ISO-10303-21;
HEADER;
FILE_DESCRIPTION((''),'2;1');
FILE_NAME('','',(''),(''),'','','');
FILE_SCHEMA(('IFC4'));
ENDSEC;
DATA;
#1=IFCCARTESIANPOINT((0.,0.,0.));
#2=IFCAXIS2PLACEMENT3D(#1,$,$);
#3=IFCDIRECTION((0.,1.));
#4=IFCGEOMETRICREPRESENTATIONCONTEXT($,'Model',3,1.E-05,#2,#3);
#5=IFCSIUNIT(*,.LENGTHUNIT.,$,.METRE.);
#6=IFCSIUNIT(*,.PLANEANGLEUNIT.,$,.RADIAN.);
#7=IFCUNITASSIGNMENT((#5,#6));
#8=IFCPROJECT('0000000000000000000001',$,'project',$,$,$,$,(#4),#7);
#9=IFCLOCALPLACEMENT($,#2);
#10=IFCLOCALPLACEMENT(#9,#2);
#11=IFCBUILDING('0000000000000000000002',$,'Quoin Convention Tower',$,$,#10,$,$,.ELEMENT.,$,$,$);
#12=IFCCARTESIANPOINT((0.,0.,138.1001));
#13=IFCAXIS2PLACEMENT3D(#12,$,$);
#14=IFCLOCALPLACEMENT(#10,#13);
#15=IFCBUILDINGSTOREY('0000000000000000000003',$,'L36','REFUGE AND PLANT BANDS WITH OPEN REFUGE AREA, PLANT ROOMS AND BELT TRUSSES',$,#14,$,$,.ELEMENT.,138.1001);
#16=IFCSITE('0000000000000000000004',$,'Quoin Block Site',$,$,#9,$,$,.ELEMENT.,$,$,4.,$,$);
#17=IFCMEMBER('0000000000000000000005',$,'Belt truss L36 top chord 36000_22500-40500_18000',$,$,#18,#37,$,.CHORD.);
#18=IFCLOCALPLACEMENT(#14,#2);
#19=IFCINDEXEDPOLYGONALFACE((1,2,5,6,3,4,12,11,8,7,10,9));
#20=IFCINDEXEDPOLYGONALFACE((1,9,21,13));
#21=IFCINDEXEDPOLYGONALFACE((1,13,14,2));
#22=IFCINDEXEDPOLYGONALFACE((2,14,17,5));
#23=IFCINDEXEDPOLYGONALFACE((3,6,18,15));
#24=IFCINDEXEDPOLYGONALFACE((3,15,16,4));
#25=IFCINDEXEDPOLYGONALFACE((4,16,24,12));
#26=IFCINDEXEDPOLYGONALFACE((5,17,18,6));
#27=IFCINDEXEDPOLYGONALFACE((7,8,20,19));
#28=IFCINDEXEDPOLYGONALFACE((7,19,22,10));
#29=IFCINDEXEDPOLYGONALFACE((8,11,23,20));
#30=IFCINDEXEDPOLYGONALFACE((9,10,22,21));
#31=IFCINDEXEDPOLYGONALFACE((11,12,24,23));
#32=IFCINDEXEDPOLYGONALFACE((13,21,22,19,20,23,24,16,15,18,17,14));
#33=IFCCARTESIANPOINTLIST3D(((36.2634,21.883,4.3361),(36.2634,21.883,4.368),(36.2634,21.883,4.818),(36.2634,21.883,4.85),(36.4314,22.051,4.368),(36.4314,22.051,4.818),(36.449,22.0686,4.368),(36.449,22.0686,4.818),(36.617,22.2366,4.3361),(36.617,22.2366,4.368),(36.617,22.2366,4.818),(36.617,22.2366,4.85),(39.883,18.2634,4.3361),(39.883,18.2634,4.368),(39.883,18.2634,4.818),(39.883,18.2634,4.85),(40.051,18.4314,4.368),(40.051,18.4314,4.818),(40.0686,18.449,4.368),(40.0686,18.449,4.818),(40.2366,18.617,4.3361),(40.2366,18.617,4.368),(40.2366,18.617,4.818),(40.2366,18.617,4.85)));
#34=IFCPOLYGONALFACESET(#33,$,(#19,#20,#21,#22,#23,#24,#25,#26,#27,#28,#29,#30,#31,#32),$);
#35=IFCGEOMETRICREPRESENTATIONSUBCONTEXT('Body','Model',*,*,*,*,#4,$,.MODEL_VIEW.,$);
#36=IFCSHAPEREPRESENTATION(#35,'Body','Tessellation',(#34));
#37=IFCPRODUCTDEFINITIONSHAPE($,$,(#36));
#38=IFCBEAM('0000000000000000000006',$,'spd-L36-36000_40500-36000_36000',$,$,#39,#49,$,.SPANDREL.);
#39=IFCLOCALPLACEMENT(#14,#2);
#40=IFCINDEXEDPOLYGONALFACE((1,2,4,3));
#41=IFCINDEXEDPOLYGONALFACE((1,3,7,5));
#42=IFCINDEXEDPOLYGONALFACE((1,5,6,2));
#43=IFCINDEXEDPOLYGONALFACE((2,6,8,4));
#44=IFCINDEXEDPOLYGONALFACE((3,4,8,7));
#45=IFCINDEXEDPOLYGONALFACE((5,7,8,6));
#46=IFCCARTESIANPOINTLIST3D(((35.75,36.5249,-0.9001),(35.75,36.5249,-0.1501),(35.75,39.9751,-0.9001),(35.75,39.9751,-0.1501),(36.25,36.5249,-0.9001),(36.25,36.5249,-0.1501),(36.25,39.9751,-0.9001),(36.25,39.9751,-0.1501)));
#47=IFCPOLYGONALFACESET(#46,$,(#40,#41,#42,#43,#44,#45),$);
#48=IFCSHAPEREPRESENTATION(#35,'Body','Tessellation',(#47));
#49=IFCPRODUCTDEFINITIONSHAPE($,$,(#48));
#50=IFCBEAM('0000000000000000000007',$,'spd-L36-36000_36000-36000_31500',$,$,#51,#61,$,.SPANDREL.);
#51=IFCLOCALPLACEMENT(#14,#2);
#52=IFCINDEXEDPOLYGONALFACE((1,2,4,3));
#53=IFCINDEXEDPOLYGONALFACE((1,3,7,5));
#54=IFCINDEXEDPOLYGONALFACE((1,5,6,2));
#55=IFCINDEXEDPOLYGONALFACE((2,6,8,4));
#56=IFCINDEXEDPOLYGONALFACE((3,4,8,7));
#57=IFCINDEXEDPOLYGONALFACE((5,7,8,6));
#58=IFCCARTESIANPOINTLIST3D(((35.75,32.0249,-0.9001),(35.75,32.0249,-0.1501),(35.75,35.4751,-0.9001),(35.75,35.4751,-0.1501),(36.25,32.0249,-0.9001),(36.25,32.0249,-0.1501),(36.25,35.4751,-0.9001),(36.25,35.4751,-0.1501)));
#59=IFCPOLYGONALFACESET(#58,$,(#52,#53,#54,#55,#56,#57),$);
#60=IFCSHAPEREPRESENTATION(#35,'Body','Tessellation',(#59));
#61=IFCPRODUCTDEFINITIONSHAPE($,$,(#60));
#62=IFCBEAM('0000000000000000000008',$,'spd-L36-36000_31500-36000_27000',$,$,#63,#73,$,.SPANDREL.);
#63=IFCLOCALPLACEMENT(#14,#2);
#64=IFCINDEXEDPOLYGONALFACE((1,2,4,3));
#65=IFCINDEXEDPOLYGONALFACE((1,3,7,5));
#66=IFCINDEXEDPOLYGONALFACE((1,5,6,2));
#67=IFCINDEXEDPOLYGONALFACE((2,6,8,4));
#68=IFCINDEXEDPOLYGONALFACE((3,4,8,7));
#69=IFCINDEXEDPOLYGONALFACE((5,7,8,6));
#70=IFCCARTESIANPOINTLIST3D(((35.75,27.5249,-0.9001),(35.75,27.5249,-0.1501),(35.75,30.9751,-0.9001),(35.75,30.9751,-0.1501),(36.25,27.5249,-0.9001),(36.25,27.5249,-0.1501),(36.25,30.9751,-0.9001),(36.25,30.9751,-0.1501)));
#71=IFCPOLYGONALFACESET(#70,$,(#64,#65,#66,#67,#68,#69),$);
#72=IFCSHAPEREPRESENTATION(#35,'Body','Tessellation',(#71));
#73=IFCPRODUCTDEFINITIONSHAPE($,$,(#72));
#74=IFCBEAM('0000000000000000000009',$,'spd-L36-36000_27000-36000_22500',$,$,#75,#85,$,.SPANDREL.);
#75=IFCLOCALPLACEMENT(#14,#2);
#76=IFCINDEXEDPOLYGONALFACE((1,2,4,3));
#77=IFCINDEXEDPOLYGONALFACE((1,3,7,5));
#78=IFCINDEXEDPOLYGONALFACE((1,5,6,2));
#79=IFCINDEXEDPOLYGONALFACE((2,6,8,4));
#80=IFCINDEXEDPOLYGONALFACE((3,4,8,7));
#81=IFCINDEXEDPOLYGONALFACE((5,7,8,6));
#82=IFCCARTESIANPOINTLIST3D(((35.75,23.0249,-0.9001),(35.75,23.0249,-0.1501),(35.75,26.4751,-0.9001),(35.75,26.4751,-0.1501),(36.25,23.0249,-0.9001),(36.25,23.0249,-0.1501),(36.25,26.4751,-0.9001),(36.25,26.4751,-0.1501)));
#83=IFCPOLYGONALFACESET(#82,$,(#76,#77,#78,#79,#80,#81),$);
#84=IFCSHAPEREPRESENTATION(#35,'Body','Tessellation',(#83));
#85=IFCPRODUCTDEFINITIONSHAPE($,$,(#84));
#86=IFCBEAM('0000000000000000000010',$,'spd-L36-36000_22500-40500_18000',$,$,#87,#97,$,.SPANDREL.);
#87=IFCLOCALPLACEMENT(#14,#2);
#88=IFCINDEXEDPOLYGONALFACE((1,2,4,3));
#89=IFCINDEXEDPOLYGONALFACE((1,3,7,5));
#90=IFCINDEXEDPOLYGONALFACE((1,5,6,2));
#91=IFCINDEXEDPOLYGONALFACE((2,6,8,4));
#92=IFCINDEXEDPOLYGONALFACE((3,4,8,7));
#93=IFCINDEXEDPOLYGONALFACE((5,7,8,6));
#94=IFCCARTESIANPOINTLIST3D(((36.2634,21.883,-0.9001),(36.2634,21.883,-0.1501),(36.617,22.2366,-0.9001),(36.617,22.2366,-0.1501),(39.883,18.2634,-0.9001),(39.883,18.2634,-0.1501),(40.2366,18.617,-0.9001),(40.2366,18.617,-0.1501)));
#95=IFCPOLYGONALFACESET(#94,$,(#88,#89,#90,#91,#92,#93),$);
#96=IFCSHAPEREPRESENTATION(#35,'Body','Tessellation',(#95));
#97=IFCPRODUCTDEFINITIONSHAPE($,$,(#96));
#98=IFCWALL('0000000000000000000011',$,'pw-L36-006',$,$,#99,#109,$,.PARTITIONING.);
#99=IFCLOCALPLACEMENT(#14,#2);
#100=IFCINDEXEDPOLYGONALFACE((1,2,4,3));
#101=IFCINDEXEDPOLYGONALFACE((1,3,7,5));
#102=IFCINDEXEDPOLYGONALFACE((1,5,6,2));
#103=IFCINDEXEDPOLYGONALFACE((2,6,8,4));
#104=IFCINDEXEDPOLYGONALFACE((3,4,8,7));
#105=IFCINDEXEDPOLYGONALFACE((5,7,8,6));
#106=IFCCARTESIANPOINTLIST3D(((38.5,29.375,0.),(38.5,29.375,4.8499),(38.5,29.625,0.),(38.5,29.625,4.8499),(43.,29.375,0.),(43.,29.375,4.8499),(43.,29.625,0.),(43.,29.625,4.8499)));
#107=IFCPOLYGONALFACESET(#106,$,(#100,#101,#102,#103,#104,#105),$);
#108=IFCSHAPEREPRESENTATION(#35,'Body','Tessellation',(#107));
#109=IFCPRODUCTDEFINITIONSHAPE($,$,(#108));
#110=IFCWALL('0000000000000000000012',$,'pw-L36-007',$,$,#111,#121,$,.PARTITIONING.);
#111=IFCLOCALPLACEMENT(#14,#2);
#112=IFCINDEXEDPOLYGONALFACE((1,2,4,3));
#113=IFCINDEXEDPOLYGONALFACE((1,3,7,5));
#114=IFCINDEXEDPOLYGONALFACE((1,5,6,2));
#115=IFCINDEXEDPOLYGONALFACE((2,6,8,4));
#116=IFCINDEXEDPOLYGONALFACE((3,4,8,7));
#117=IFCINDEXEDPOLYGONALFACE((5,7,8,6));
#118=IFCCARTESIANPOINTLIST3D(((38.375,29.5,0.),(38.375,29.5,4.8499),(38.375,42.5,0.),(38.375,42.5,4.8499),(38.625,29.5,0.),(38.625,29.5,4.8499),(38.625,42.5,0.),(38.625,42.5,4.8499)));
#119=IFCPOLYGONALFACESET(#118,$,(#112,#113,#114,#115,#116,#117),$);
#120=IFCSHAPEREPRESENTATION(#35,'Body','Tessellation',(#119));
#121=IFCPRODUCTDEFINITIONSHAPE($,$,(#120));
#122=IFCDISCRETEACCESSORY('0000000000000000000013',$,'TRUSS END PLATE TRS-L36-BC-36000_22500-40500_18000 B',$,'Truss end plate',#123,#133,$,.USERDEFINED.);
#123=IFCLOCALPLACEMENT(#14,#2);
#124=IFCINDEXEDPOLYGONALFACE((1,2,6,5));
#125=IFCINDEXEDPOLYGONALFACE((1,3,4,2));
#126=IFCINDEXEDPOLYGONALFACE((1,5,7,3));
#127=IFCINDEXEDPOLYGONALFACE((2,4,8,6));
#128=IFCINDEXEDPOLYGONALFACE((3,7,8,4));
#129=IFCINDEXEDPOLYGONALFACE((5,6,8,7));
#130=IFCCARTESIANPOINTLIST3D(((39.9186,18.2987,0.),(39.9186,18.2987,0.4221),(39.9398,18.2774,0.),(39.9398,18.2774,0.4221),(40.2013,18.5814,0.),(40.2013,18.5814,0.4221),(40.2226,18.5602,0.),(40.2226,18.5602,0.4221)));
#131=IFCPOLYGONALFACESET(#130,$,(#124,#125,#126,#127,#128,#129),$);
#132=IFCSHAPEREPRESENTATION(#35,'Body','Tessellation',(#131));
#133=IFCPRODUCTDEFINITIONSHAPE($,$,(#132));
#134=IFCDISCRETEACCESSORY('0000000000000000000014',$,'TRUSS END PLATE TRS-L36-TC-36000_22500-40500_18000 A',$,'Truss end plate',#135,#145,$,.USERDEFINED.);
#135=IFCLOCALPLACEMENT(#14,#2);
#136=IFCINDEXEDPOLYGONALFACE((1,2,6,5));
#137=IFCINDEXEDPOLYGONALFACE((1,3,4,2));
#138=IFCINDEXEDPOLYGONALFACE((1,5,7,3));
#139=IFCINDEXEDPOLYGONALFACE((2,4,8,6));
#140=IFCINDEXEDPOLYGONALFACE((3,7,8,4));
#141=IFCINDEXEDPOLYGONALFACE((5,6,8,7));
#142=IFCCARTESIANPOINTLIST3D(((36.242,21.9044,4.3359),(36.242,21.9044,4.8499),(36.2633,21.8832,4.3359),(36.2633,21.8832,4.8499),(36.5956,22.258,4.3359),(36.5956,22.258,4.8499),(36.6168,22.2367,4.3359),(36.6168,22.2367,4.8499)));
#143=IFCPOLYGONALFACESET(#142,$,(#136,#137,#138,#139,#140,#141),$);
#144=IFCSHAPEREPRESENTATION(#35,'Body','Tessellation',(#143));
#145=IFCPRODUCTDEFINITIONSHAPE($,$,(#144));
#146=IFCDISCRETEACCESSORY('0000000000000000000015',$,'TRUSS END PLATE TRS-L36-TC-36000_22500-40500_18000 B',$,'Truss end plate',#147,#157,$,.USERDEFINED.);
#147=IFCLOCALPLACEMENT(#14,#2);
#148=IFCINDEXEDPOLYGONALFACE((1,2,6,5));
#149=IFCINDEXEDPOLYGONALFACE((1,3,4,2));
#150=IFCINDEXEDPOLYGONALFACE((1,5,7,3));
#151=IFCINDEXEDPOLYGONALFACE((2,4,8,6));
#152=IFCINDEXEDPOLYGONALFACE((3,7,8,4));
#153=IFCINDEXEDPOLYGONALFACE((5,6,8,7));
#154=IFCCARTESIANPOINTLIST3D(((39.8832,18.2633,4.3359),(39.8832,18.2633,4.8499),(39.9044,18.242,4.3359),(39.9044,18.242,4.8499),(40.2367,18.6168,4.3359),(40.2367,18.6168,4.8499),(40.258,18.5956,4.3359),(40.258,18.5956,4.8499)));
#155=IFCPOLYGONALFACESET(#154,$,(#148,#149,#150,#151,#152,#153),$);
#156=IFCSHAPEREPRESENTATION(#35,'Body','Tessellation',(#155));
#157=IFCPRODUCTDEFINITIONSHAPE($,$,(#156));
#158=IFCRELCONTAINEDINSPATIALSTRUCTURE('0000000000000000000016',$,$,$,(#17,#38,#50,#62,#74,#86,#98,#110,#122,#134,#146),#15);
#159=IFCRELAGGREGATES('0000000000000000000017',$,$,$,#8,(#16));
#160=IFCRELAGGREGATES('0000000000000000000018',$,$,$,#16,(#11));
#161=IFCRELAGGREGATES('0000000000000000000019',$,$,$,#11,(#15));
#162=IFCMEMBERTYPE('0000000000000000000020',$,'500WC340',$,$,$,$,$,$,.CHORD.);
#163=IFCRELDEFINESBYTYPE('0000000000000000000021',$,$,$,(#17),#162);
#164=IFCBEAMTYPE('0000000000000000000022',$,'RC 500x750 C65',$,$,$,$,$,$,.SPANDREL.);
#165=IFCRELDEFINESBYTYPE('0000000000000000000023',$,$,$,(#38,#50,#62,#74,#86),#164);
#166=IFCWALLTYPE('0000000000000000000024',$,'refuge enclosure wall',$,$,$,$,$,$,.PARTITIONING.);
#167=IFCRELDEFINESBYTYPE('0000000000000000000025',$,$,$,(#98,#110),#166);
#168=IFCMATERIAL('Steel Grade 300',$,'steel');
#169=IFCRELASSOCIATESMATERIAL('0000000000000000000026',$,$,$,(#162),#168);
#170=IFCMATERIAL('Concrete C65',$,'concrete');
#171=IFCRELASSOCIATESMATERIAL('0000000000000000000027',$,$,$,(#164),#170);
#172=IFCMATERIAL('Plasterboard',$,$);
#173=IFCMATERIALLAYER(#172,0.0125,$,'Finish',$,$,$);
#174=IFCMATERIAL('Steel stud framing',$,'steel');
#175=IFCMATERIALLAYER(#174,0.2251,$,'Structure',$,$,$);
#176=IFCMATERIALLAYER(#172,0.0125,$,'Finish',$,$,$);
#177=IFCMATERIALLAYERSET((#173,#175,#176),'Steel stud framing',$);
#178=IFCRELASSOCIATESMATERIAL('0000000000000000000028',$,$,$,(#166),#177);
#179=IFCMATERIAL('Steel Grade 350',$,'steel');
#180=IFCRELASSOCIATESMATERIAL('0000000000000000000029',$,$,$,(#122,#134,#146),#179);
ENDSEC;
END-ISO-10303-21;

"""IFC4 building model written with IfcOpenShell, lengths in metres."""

from ifc_helpers import new_model, si_unit, direction, frame, frame_2d, origin, origin_2d, place, context, subcontext, project, spatial, rectangle, i_section, extrude, material, layer, layer_set, material_profile, profile_set, type_object, element, save


model = new_model("IFC4")

# Units and contexts
model_context = context("Model", 3, precision=1e-05, world=origin(), true_north=direction((0.0, 1.0)))
body_context = subcontext(model_context, "Body", "Model", "MODEL_VIEW")
ifc_project = project(units=[si_unit("LENGTHUNIT", "METRE"), si_unit("PLANEANGLEUNIT", "RADIAN")], contexts=[model_context])

# Site, building, storey
site_placement = place(None, origin())
site = spatial("IfcSite", under=ifc_project, at=site_placement, Name="Quoin Block Site", CompositionType="ELEMENT", RefElevation=4.0)
building_placement = place(site_placement, origin())
building = spatial("IfcBuilding", under=site, at=building_placement, Name="Quoin Convention Tower", CompositionType="ELEMENT")
storey_placement = place(building_placement, frame((0.0, 0.0, 138.1001)))
storey = spatial("IfcBuildingStorey", under=building, at=storey_placement, Name="L36", Description="REFUGE AND PLANT BANDS WITH OPEN REFUGE AREA, PLANT ROOMS AND BELT TRUSSES", CompositionType="ELEMENT", Elevation=138.1001)

# Shared definitions
ifc_material_1 = material(Name="Concrete C65", Category="concrete")

# Shared definitions
ifc_material_2 = material(Name="Steel Grade 300", Category="steel")

# Member
ifc_material_profile_1 = material_profile(ifc_material_2, i_section(OverallWidth=0.5, OverallDepth=0.5139, WebThickness=0.0249, FlangeThickness=0.032, at=origin_2d()), Name="500WC340")
ifc_profile_set_1 = profile_set([ifc_material_profile_1], Name="Steel Grade 300")
member_type_1 = type_object("IfcMemberType", Name="500WC340", PredefinedType="CHORD", material=ifc_profile_set_1)
member_1_placement = place(storey_placement, frame((36.4402, 22.0598, 4.593), z_axis=(0.707107, -0.707107, 0.0), x_axis=(0.707107, 0.707107, 0.0)))
element("IfcMember", 1, at=member_1_placement, inside=storey, type_object=member_type_1, Name="Belt truss L36 top chord 36000_22500-40500_18000", PredefinedType="CHORD", context=body_context, shape_type="SweptSolid", body=[
    extrude(i_section(OverallWidth=0.5, OverallDepth=0.5139, WebThickness=0.0249, FlangeThickness=0.032, at=origin_2d()), origin(), (0.0, 0.0, 1.0), 5.1189),
])

# Beams
ifc_material_profile_2 = material_profile(ifc_material_1, rectangle(XDim=0.5, YDim=0.75, at=origin_2d()), Name="RC 500x750")
ifc_profile_set_2 = profile_set([ifc_material_profile_2], Name="Concrete C65")
beam_type_1 = type_object("IfcBeamType", Name="RC 500x750 C65", PredefinedType="SPANDREL", material=ifc_profile_set_2)
for number, where, z_axis, x_axis, name in (
    (2, (36.0, 39.9751, -0.5251), (0.0, -1.0, 0.0), (1.0, 0.0, 0.0), "spd-L36-36000_40500-36000_36000"),
    (3, (36.0, 35.4751, -0.5251), (0.0, -1.0, 0.0), (1.0, 0.0, 0.0), "spd-L36-36000_36000-36000_31500"),
    (4, (36.0, 30.9751, -0.5251), (0.0, -1.0, 0.0), (1.0, 0.0, 0.0), "spd-L36-36000_31500-36000_27000"),
    (5, (36.0, 26.4751, -0.5251), (0.0, -1.0, 0.0), (1.0, 0.0, 0.0), "spd-L36-36000_27000-36000_22500"),
):
    element("IfcBeam", number, at=place(storey_placement, frame(where, z_axis=z_axis, x_axis=x_axis)), inside=storey, type_object=beam_type_1, Name=name, PredefinedType="SPANDREL", context=body_context, shape_type="SweptSolid", body=[
        extrude(rectangle(XDim=0.5, YDim=0.75, at=origin_2d()), origin(), (0.0, 0.0, 1.0), 3.4502),
    ])
beam_1_placement = place(storey_placement, frame((36.4402, 22.0598, -0.5251), z_axis=(0.707107, -0.707107, 0.0), x_axis=(0.707107, 0.707107, 0.0)))
element("IfcBeam", 6, at=beam_1_placement, inside=storey, type_object=beam_type_1, Name="spd-L36-36000_22500-40500_18000", PredefinedType="SPANDREL", context=body_context, shape_type="SweptSolid", body=[
    extrude(rectangle(XDim=0.5, YDim=0.75, at=origin_2d()), origin(), (0.0, 0.0, 1.0), 5.1189),
])

# Walls
ifc_material_3 = material(Name="Plasterboard")
ifc_layer_1 = layer(ifc_material_3, 0.0125, Name="Finish")
ifc_material_4 = material(Name="Steel stud framing", Category="steel")
ifc_layer_2 = layer(ifc_material_4, 0.2251, Name="Structure")
ifc_layer_3 = layer(ifc_material_3, 0.0125, Name="Finish")
ifc_layer_set = layer_set([ifc_layer_1, ifc_layer_2, ifc_layer_3], Name="Steel stud framing")
wall_type = type_object("IfcWallType", Name="refuge enclosure wall", PredefinedType="PARTITIONING", material=ifc_layer_set)
wall_1_placement = place(storey_placement, frame((38.5, 29.5, 0.0), z_axis=(0.0, 0.0, 1.0), x_axis=(1.0, 0.0, 0.0)))
element("IfcWall", 7, at=wall_1_placement, inside=storey, type_object=wall_type, Name="pw-L36-006", PredefinedType="PARTITIONING", context=body_context, shape_type="SweptSolid", body=[
    extrude(rectangle(XDim=4.5, YDim=0.25, at=frame_2d((2.25, 0.0))), origin(), (0.0, 0.0, 1.0), 4.8499),
])
wall_2_placement = place(storey_placement, frame((38.5, 29.5, 0.0), z_axis=(0.0, 0.0, 1.0), x_axis=(0.0, 1.0, 0.0)))
element("IfcWall", 8, at=wall_2_placement, inside=storey, type_object=wall_type, Name="pw-L36-007", PredefinedType="PARTITIONING", context=body_context, shape_type="SweptSolid", body=[
    extrude(rectangle(XDim=13.0, YDim=0.25, at=frame_2d((6.5, 0.0))), origin(), (0.0, 0.0, 1.0), 4.8499),
])

# Discrete accessories
ifc_material_5 = material(Name="Steel Grade 350", Category="steel")
discrete_accessory_placement = place(storey_placement, frame((40.0706, 18.4294, 0.0), z_axis=(0.0, 0.0, 1.0), x_axis=(0.707107, -0.707107, 0.0)))
element("IfcDiscreteAccessory", 9, at=discrete_accessory_placement, inside=storey, material=ifc_material_5, Name="TRUSS END PLATE TRS-L36-BC-36000_22500-40500_18000 B", ObjectType="Truss end plate", PredefinedType="USERDEFINED", context=body_context, shape_type="SweptSolid", body=[
    extrude(rectangle(XDim=0.03, YDim=0.3999, at=origin_2d()), origin(), (0.0, 0.0, 1.0), 0.4221),
])
for number, where, z_axis, x_axis, name in (
    (10, (36.4294, 22.0706, 4.3359), (0.0, 0.0, 1.0), (-0.707107, 0.707107, 0.0), "TRUSS END PLATE TRS-L36-TC-36000_22500-40500_18000 A"),
    (11, (40.0706, 18.4294, 4.3359), (0.0, 0.0, 1.0), (0.707107, -0.707107, 0.0), "TRUSS END PLATE TRS-L36-TC-36000_22500-40500_18000 B"),
):
    element("IfcDiscreteAccessory", number, at=place(storey_placement, frame(where, z_axis=z_axis, x_axis=x_axis)), inside=storey, material=ifc_material_5, Name=name, ObjectType="Truss end plate", PredefinedType="USERDEFINED", context=body_context, shape_type="SweptSolid", body=[
        extrude(rectangle(XDim=0.03, YDim=0.5, at=origin_2d()), origin(), (0.0, 0.0, 1.0), 0.5139),
    ])

save(model, "model.ifc")
